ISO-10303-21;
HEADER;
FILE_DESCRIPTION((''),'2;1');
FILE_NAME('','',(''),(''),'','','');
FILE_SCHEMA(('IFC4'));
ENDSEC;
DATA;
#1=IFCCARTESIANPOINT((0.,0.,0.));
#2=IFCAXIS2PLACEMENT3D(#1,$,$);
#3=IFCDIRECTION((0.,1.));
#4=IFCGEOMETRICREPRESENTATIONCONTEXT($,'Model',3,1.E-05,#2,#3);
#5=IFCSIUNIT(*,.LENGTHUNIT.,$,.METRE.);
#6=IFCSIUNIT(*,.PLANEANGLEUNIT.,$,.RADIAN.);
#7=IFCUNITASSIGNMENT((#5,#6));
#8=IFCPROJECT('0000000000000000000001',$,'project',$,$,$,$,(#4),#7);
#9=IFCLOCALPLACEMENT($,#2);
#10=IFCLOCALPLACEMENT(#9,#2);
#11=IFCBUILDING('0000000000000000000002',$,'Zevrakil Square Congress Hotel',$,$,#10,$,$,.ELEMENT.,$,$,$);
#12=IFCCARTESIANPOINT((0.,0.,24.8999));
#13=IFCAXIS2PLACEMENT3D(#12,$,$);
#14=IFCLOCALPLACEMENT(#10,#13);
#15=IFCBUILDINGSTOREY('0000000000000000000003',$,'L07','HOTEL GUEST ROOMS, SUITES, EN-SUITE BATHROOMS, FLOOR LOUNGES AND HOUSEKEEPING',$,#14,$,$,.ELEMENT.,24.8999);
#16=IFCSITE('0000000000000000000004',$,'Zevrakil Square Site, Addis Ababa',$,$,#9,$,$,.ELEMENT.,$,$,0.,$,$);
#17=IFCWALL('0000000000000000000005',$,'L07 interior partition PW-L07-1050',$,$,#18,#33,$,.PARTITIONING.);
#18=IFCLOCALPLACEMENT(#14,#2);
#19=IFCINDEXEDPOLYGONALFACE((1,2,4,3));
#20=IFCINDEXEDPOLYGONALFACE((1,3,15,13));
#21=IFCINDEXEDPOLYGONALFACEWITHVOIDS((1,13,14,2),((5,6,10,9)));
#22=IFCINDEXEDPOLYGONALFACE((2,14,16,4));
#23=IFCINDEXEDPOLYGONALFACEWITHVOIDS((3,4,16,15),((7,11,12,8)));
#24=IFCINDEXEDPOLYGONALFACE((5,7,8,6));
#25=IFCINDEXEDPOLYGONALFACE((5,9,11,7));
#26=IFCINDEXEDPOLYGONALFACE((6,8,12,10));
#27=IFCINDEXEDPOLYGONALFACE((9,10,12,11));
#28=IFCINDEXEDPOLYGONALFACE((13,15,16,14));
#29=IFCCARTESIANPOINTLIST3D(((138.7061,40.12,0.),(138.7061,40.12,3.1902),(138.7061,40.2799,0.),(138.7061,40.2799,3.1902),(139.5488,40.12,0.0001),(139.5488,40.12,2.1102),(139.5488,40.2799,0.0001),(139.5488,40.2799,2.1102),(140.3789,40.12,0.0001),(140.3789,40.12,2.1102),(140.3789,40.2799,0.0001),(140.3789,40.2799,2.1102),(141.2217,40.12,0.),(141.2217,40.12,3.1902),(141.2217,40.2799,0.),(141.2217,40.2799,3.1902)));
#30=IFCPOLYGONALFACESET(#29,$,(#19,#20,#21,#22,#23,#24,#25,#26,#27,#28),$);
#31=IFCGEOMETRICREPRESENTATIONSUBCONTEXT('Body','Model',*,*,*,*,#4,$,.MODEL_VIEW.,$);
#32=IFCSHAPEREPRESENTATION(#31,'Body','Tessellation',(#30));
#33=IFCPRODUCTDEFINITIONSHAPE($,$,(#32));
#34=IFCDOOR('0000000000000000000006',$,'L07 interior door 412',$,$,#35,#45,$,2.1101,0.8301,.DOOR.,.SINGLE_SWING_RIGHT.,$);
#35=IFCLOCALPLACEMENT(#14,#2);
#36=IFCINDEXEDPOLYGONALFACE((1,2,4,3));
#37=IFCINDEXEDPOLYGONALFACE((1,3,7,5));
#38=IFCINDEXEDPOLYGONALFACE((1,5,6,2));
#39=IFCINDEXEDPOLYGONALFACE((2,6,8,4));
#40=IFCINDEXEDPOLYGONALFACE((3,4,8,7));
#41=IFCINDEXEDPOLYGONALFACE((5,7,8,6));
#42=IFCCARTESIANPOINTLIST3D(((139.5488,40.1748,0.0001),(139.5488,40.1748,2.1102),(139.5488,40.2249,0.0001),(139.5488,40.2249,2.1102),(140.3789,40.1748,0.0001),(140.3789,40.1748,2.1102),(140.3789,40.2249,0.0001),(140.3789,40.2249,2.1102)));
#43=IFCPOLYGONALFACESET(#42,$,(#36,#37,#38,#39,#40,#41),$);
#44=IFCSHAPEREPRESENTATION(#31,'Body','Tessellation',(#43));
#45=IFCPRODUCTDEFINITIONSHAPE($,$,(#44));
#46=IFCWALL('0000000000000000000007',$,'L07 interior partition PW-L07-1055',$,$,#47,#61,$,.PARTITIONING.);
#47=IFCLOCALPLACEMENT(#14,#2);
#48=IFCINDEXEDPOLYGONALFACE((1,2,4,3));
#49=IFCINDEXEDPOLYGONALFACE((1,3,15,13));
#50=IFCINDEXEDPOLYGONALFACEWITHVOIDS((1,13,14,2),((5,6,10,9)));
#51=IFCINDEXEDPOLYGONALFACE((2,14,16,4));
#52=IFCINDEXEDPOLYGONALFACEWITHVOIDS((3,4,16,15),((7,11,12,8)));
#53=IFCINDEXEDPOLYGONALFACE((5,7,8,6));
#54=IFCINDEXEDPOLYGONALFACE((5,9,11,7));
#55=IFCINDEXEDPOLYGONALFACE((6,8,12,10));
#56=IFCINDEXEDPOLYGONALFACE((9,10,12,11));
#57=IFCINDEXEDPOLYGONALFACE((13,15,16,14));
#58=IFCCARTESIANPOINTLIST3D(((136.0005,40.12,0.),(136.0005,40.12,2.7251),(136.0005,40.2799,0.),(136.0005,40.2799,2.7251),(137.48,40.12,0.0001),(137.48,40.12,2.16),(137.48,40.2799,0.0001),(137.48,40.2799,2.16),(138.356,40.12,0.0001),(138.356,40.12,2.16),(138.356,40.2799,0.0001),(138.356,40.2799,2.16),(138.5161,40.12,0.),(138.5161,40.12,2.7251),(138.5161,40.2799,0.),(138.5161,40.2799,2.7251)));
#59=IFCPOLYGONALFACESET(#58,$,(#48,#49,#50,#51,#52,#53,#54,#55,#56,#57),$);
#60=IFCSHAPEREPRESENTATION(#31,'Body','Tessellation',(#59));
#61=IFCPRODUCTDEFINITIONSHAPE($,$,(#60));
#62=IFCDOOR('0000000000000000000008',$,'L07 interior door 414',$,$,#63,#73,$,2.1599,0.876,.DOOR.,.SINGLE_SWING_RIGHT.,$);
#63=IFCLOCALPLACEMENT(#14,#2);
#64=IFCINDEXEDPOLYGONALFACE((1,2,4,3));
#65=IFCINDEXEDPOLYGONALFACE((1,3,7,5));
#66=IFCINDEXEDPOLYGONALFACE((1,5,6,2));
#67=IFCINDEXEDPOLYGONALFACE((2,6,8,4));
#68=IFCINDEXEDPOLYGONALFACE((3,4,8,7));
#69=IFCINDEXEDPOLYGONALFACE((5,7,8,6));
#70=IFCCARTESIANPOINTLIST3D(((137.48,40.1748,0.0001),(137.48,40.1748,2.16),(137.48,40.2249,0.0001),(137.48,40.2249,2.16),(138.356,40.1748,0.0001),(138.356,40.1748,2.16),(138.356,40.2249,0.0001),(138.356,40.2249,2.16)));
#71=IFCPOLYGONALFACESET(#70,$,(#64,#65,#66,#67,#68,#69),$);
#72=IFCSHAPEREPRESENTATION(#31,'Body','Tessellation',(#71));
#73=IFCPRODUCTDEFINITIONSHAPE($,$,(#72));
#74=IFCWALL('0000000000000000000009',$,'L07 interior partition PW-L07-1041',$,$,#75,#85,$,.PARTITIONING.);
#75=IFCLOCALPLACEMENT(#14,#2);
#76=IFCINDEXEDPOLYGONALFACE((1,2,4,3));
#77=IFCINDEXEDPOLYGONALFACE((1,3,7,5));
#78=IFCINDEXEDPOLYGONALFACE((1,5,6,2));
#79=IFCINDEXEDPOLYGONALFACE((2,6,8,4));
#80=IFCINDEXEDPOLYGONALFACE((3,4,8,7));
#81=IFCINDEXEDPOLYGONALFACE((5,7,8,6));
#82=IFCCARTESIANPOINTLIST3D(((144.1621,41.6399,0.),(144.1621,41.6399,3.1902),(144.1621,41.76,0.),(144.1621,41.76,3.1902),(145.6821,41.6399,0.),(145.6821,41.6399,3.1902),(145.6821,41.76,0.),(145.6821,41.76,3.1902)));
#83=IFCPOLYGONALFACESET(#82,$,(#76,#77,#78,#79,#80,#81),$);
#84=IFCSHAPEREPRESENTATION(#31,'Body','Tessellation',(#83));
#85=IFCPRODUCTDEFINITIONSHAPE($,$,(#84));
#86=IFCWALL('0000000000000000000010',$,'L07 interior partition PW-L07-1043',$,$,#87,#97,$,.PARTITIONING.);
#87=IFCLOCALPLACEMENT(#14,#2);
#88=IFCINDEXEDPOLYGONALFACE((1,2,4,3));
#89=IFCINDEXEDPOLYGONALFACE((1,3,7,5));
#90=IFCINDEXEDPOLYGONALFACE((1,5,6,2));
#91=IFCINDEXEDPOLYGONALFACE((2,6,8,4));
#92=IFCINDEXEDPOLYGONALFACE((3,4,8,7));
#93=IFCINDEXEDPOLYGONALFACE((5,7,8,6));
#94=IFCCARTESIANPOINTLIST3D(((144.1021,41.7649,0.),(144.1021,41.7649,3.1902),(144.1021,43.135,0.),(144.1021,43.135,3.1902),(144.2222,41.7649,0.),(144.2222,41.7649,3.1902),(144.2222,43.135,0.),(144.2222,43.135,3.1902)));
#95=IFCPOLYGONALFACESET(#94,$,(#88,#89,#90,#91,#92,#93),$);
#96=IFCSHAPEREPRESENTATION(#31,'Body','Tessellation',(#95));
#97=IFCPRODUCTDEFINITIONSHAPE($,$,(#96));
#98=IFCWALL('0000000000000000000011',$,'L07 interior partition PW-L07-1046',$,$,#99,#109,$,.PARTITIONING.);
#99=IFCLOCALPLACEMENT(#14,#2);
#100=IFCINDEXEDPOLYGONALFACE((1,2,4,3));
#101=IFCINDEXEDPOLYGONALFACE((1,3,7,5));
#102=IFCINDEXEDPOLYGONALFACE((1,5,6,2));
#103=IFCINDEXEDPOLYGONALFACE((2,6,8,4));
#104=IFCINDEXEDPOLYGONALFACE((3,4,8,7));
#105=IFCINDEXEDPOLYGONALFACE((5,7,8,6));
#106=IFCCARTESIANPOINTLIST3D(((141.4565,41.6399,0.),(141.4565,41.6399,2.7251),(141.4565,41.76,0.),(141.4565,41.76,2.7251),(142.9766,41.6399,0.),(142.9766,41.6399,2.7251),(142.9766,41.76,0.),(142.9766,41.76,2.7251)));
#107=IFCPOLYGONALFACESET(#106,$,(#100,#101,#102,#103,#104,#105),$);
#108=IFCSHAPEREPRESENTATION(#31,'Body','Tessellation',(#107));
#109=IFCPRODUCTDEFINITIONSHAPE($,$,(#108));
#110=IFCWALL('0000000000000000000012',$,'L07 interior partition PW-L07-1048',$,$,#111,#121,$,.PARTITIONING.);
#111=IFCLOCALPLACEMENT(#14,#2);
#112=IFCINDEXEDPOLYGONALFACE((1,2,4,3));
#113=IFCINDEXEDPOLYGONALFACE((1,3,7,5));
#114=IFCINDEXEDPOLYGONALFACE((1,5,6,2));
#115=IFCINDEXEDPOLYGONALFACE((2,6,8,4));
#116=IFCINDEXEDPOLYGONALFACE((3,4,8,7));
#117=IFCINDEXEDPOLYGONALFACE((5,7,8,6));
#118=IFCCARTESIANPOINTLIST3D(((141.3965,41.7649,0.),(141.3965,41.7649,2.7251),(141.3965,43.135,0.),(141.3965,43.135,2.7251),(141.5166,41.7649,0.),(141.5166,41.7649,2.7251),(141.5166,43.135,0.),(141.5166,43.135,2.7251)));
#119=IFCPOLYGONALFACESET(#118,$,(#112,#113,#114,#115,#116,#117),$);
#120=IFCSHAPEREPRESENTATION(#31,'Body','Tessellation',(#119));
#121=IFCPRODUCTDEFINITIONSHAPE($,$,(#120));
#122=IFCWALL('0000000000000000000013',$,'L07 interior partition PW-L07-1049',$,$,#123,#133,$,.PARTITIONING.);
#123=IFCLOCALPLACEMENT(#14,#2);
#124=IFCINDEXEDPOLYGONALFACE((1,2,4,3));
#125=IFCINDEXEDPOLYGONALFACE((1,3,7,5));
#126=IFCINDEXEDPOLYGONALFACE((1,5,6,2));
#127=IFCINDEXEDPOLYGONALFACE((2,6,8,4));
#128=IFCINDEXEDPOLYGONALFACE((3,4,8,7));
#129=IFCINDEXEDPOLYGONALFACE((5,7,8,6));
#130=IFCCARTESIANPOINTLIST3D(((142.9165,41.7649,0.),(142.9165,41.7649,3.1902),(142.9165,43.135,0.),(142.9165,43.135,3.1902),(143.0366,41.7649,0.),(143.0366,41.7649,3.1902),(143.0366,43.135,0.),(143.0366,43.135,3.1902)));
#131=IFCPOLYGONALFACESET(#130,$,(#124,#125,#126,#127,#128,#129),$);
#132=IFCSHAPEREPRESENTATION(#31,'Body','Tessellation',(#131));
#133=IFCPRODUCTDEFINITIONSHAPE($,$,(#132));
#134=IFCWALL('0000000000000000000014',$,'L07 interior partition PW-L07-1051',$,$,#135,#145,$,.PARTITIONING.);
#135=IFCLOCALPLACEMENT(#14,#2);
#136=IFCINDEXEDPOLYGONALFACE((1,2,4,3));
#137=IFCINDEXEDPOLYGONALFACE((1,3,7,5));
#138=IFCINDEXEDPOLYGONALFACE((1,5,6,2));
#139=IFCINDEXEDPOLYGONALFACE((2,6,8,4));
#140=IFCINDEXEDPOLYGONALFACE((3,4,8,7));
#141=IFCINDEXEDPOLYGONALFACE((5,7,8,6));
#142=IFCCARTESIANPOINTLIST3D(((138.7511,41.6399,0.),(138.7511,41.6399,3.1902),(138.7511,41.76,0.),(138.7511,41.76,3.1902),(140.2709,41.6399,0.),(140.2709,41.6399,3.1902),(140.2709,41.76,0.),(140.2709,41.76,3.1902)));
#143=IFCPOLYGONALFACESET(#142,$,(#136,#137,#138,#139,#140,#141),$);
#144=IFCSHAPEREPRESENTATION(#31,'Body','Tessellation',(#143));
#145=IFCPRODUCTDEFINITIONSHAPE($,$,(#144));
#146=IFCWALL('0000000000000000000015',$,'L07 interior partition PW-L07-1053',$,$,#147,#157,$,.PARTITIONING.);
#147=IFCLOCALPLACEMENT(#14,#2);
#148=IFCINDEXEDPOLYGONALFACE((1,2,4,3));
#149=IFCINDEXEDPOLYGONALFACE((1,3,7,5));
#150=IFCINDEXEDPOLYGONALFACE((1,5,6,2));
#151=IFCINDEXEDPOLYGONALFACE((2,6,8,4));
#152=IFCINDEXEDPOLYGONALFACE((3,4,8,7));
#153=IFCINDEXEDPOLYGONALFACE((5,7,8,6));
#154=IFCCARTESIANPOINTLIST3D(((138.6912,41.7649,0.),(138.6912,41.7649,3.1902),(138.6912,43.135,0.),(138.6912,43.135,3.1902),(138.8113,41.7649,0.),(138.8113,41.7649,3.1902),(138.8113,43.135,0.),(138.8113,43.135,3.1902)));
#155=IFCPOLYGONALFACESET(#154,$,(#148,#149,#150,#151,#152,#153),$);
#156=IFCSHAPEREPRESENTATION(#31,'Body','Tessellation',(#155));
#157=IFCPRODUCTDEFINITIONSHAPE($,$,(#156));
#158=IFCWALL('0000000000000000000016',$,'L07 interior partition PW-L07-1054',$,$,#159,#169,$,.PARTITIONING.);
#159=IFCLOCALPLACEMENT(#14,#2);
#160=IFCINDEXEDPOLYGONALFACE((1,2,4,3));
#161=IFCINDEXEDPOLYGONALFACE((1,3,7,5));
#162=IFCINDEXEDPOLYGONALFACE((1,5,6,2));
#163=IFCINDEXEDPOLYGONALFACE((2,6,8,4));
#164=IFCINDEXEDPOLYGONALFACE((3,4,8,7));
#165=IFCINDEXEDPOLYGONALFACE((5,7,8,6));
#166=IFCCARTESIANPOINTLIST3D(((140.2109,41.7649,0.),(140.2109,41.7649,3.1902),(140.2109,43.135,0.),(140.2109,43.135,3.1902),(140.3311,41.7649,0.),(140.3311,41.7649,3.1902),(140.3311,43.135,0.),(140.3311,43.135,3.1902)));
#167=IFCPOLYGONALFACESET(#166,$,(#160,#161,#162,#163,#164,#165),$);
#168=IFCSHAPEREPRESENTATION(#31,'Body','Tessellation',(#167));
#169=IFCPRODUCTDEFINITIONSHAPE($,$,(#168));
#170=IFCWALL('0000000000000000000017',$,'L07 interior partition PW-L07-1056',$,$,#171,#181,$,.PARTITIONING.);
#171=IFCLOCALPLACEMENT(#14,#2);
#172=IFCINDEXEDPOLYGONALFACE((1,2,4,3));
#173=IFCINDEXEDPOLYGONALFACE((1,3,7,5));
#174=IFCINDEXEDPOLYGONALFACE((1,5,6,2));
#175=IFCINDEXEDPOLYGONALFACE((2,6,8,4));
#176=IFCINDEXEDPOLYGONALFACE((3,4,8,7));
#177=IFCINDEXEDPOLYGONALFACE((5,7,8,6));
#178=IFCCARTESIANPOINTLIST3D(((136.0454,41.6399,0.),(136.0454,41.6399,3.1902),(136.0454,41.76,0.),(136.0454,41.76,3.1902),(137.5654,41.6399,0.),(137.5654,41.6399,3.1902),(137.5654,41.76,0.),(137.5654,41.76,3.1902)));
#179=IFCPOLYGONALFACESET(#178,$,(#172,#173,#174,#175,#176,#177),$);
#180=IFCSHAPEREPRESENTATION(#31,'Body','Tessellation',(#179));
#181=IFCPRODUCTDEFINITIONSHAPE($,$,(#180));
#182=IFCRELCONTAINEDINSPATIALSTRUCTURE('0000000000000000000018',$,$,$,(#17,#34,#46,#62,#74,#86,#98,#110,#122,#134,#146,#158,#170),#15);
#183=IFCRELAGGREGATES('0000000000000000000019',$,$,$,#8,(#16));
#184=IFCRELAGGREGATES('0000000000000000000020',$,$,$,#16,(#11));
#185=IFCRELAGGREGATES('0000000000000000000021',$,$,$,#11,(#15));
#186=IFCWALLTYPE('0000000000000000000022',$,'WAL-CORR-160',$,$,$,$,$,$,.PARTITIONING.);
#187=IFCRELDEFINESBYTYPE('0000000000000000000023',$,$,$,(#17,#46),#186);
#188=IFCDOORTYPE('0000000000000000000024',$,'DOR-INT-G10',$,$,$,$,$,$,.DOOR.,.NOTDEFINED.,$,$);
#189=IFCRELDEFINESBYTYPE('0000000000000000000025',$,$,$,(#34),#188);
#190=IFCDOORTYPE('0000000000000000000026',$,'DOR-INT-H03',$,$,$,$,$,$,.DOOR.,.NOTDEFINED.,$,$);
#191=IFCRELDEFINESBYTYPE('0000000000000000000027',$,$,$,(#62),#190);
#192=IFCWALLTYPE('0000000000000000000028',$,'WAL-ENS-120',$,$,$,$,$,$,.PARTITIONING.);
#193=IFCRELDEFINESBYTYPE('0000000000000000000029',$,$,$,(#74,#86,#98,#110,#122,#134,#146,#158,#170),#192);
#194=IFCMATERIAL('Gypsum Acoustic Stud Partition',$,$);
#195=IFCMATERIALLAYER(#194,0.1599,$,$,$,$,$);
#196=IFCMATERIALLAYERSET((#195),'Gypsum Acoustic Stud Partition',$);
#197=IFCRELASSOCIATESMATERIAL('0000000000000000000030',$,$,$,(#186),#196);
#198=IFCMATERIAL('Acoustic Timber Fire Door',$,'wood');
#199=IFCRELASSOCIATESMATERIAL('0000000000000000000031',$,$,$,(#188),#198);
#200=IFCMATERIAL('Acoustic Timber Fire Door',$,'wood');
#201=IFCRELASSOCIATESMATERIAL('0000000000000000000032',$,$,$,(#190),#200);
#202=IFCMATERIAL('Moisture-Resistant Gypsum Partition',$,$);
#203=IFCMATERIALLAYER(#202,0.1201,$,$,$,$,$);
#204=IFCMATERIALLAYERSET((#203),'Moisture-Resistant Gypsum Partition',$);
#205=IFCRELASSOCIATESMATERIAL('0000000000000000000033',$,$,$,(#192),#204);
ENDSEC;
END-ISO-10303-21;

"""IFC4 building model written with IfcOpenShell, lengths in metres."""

from ifc_helpers import new_model, si_unit, direction, frame, frame_2d, origin, place, context, subcontext, project, spatial, rectangle, extrude, material, layer, layer_set, type_object, element, fill, save


model = new_model("IFC4")

# Units and contexts
model_context = context("Model", 3, precision=1e-05, world=origin(), true_north=direction((0.0, 1.0)))
body_context = subcontext(model_context, "Body", "Model", "MODEL_VIEW")
ifc_project = project(units=[si_unit("LENGTHUNIT", "METRE"), si_unit("PLANEANGLEUNIT", "RADIAN")], contexts=[model_context])

# Site, building, storey
site_placement = place(None, origin())
site = spatial("IfcSite", under=ifc_project, at=site_placement, Name="Zevrakil Square Site, Addis Ababa", CompositionType="ELEMENT", RefElevation=0.0)
building_placement = place(site_placement, origin())
building = spatial("IfcBuilding", under=site, at=building_placement, Name="Zevrakil Square Congress Hotel", CompositionType="ELEMENT")
storey_placement = place(building_placement, frame((0.0, 0.0, 24.8999)))
storey = spatial("IfcBuildingStorey", under=building, at=storey_placement, Name="L07", Description="HOTEL GUEST ROOMS, SUITES, EN-SUITE BATHROOMS, FLOOR LOUNGES AND HOUSEKEEPING", CompositionType="ELEMENT", Elevation=24.8999)

# Walls, openings, doors
ifc_material_1 = material(Name="Gypsum Acoustic Stud Partition")
ifc_layer_1 = layer(ifc_material_1, 0.1599)
ifc_layer_set_1 = layer_set([ifc_layer_1], Name="Gypsum Acoustic Stud Partition")
wall_type_1 = type_object("IfcWallType", Name="WAL-CORR-160", PredefinedType="PARTITIONING", material=ifc_layer_set_1)
wall_1_placement = place(storey_placement, frame((138.7061, 40.2, 0.0), z_axis=(0.0, 0.0, 1.0), x_axis=(1.0, 0.0, 0.0)))
wall_1 = element("IfcWall", 1, at=wall_1_placement, inside=storey, type_object=wall_type_1, Name="L07 interior partition PW-L07-1050", PredefinedType="PARTITIONING", context=body_context, shape_type="SweptSolid", body=[
    extrude(rectangle(XDim=2.5156, YDim=0.1599, at=frame_2d((1.2578, 0.0))), origin(), (0.0, 0.0, 1.0), 3.1902),
])
opening_1_placement = place(wall_1_placement, frame((0.8428, 0.0, 0.0)))
opening_1 = element("IfcOpeningElement", 2, at=opening_1_placement, cuts=wall_1, PredefinedType="OPENING", context=body_context, shape_type="SweptSolid", body=[
    extrude(rectangle(XDim=0.8301, YDim=2.1101, at=frame_2d((0.415, 1.0552))), frame((0.0, 0.0898, 0.0), z_axis=(0.0, -1.0, 0.0), x_axis=(1.0, 0.0, 0.0)), (0.0, 0.0, 1.0), 0.1799),
])
ifc_material_2 = material(Name="Acoustic Timber Fire Door", Category="wood")
door_type_1 = type_object("IfcDoorType", Name="DOR-INT-G10", OperationType="NOTDEFINED", PredefinedType="DOOR", material=ifc_material_2)
door_1_placement = place(opening_1_placement, origin())
door_1 = element("IfcDoor", 3, at=door_1_placement, inside=storey, type_object=door_type_1, Name="L07 interior door 412", OperationType="SINGLE_SWING_RIGHT", OverallHeight=2.1101, OverallWidth=0.8301, PredefinedType="DOOR", context=body_context, shape_type="SweptSolid", body=[
    extrude(rectangle(XDim=0.8301, YDim=2.1101, at=frame_2d((0.415, 1.0552))), frame((0.0, 0.0249, 0.0), z_axis=(0.0, -1.0, 0.0), x_axis=(1.0, 0.0, 0.0)), (0.0, 0.0, 1.0), 0.05),
])
fill(opening_1, door_1)
wall_2_placement = place(storey_placement, frame((136.0005, 40.2, 0.0), z_axis=(0.0, 0.0, 1.0), x_axis=(1.0, 0.0, 0.0)))
wall_2 = element("IfcWall", 4, at=wall_2_placement, inside=storey, type_object=wall_type_1, Name="L07 interior partition PW-L07-1055", PredefinedType="PARTITIONING", context=body_context, shape_type="SweptSolid", body=[
    extrude(rectangle(XDim=2.5156, YDim=0.1599, at=frame_2d((1.2578, 0.0))), origin(), (0.0, 0.0, 1.0), 2.7251),
])
opening_2_placement = place(wall_2_placement, frame((1.4795, 0.0, 0.0)))
opening_2 = element("IfcOpeningElement", 5, at=opening_2_placement, cuts=wall_2, PredefinedType="OPENING", context=body_context, shape_type="SweptSolid", body=[
    extrude(rectangle(XDim=0.876, YDim=2.1599, at=frame_2d((0.438, 1.0801))), frame((0.0, 0.0898, 0.0), z_axis=(0.0, -1.0, 0.0), x_axis=(1.0, 0.0, 0.0)), (0.0, 0.0, 1.0), 0.1799),
])
ifc_material_3 = material(Name="Acoustic Timber Fire Door", Category="wood")
door_type_2 = type_object("IfcDoorType", Name="DOR-INT-H03", OperationType="NOTDEFINED", PredefinedType="DOOR", material=ifc_material_3)
door_2_placement = place(opening_2_placement, origin())
door_2 = element("IfcDoor", 6, at=door_2_placement, inside=storey, type_object=door_type_2, Name="L07 interior door 414", OperationType="SINGLE_SWING_RIGHT", OverallHeight=2.1599, OverallWidth=0.876, PredefinedType="DOOR", context=body_context, shape_type="SweptSolid", body=[
    extrude(rectangle(XDim=0.876, YDim=2.1599, at=frame_2d((0.438, 1.0801))), frame((0.0, 0.0249, 0.0), z_axis=(0.0, -1.0, 0.0), x_axis=(1.0, 0.0, 0.0)), (0.0, 0.0, 1.0), 0.05),
])
fill(opening_2, door_2)

# Walls
ifc_material_4 = material(Name="Moisture-Resistant Gypsum Partition")
ifc_layer_2 = layer(ifc_material_4, 0.1201)
ifc_layer_set_2 = layer_set([ifc_layer_2], Name="Moisture-Resistant Gypsum Partition")
wall_type_2 = type_object("IfcWallType", Name="WAL-ENS-120", PredefinedType="PARTITIONING", material=ifc_layer_set_2)
wall_3_placement = place(storey_placement, frame((144.1621, 41.7, 0.0), z_axis=(0.0, 0.0, 1.0), x_axis=(1.0, 0.0, 0.0)))
element("IfcWall", 7, at=wall_3_placement, inside=storey, type_object=wall_type_2, Name="L07 interior partition PW-L07-1041", PredefinedType="PARTITIONING", context=body_context, shape_type="SweptSolid", body=[
    extrude(rectangle(XDim=1.52, YDim=0.1201, at=frame_2d((0.76, 0.0))), origin(), (0.0, 0.0, 1.0), 3.1902),
])
wall_4_placement = place(storey_placement, frame((144.1621, 41.7649, 0.0), z_axis=(0.0, 0.0, 1.0), x_axis=(0.0, 1.0, 0.0)))
element("IfcWall", 8, at=wall_4_placement, inside=storey, type_object=wall_type_2, Name="L07 interior partition PW-L07-1043", PredefinedType="PARTITIONING", context=body_context, shape_type="SweptSolid", body=[
    extrude(rectangle(XDim=1.3701, YDim=0.1201, at=frame_2d((0.6851, 0.0))), origin(), (0.0, 0.0, 1.0), 3.1902),
])
wall_5_placement = place(storey_placement, frame((141.4565, 41.7, 0.0), z_axis=(0.0, 0.0, 1.0), x_axis=(1.0, 0.0, 0.0)))
element("IfcWall", 9, at=wall_5_placement, inside=storey, type_object=wall_type_2, Name="L07 interior partition PW-L07-1046", PredefinedType="PARTITIONING", context=body_context, shape_type="SweptSolid", body=[
    extrude(rectangle(XDim=1.52, YDim=0.1201, at=frame_2d((0.76, 0.0))), origin(), (0.0, 0.0, 1.0), 2.7251),
])
wall_6_placement = place(storey_placement, frame((141.4565, 41.7649, 0.0), z_axis=(0.0, 0.0, 1.0), x_axis=(0.0, 1.0, 0.0)))
element("IfcWall", 10, at=wall_6_placement, inside=storey, type_object=wall_type_2, Name="L07 interior partition PW-L07-1048", PredefinedType="PARTITIONING", context=body_context, shape_type="SweptSolid", body=[
    extrude(rectangle(XDim=1.3701, YDim=0.1201, at=frame_2d((0.6851, 0.0))), origin(), (0.0, 0.0, 1.0), 2.7251),
])
wall_7_placement = place(storey_placement, frame((142.9766, 41.7649, 0.0), z_axis=(0.0, 0.0, 1.0), x_axis=(0.0, 1.0, 0.0)))
element("IfcWall", 11, at=wall_7_placement, inside=storey, type_object=wall_type_2, Name="L07 interior partition PW-L07-1049", PredefinedType="PARTITIONING", context=body_context, shape_type="SweptSolid", body=[
    extrude(rectangle(XDim=1.3701, YDim=0.1201, at=frame_2d((0.6851, 0.0))), origin(), (0.0, 0.0, 1.0), 3.1902),
])
wall_8_placement = place(storey_placement, frame((138.7512, 41.7, 0.0), z_axis=(0.0, 0.0, 1.0), x_axis=(1.0, 0.0, 0.0)))
element("IfcWall", 12, at=wall_8_placement, inside=storey, type_object=wall_type_2, Name="L07 interior partition PW-L07-1051", PredefinedType="PARTITIONING", context=body_context, shape_type="SweptSolid", body=[
    extrude(rectangle(XDim=1.5198, YDim=0.1201, at=frame_2d((0.7598, 0.0))), origin(), (0.0, 0.0, 1.0), 3.1902),
])
for number, where, z_axis, x_axis, name in (
    (13, (138.7512, 41.7649, 0.0), (0.0, 0.0, 1.0), (0.0, 1.0, 0.0), "L07 interior partition PW-L07-1053"),
    (14, (140.271, 41.7649, 0.0), (0.0, 0.0, 1.0), (0.0, 1.0, 0.0), "L07 interior partition PW-L07-1054"),
):
    element("IfcWall", number, at=place(storey_placement, frame(where, z_axis=z_axis, x_axis=x_axis)), inside=storey, type_object=wall_type_2, Name=name, PredefinedType="PARTITIONING", context=body_context, shape_type="SweptSolid", body=[
        extrude(rectangle(XDim=1.3701, YDim=0.1201, at=frame_2d((0.6851, 0.0))), origin(), (0.0, 0.0, 1.0), 3.1902),
    ])
wall_9_placement = place(storey_placement, frame((136.0454, 41.7, 0.0), z_axis=(0.0, 0.0, 1.0), x_axis=(1.0, 0.0, 0.0)))
element("IfcWall", 15, at=wall_9_placement, inside=storey, type_object=wall_type_2, Name="L07 interior partition PW-L07-1056", PredefinedType="PARTITIONING", context=body_context, shape_type="SweptSolid", body=[
    extrude(rectangle(XDim=1.52, YDim=0.1201, at=frame_2d((0.76, 0.0))), origin(), (0.0, 0.0, 1.0), 3.1902),
])

save(model, "model.ifc")
